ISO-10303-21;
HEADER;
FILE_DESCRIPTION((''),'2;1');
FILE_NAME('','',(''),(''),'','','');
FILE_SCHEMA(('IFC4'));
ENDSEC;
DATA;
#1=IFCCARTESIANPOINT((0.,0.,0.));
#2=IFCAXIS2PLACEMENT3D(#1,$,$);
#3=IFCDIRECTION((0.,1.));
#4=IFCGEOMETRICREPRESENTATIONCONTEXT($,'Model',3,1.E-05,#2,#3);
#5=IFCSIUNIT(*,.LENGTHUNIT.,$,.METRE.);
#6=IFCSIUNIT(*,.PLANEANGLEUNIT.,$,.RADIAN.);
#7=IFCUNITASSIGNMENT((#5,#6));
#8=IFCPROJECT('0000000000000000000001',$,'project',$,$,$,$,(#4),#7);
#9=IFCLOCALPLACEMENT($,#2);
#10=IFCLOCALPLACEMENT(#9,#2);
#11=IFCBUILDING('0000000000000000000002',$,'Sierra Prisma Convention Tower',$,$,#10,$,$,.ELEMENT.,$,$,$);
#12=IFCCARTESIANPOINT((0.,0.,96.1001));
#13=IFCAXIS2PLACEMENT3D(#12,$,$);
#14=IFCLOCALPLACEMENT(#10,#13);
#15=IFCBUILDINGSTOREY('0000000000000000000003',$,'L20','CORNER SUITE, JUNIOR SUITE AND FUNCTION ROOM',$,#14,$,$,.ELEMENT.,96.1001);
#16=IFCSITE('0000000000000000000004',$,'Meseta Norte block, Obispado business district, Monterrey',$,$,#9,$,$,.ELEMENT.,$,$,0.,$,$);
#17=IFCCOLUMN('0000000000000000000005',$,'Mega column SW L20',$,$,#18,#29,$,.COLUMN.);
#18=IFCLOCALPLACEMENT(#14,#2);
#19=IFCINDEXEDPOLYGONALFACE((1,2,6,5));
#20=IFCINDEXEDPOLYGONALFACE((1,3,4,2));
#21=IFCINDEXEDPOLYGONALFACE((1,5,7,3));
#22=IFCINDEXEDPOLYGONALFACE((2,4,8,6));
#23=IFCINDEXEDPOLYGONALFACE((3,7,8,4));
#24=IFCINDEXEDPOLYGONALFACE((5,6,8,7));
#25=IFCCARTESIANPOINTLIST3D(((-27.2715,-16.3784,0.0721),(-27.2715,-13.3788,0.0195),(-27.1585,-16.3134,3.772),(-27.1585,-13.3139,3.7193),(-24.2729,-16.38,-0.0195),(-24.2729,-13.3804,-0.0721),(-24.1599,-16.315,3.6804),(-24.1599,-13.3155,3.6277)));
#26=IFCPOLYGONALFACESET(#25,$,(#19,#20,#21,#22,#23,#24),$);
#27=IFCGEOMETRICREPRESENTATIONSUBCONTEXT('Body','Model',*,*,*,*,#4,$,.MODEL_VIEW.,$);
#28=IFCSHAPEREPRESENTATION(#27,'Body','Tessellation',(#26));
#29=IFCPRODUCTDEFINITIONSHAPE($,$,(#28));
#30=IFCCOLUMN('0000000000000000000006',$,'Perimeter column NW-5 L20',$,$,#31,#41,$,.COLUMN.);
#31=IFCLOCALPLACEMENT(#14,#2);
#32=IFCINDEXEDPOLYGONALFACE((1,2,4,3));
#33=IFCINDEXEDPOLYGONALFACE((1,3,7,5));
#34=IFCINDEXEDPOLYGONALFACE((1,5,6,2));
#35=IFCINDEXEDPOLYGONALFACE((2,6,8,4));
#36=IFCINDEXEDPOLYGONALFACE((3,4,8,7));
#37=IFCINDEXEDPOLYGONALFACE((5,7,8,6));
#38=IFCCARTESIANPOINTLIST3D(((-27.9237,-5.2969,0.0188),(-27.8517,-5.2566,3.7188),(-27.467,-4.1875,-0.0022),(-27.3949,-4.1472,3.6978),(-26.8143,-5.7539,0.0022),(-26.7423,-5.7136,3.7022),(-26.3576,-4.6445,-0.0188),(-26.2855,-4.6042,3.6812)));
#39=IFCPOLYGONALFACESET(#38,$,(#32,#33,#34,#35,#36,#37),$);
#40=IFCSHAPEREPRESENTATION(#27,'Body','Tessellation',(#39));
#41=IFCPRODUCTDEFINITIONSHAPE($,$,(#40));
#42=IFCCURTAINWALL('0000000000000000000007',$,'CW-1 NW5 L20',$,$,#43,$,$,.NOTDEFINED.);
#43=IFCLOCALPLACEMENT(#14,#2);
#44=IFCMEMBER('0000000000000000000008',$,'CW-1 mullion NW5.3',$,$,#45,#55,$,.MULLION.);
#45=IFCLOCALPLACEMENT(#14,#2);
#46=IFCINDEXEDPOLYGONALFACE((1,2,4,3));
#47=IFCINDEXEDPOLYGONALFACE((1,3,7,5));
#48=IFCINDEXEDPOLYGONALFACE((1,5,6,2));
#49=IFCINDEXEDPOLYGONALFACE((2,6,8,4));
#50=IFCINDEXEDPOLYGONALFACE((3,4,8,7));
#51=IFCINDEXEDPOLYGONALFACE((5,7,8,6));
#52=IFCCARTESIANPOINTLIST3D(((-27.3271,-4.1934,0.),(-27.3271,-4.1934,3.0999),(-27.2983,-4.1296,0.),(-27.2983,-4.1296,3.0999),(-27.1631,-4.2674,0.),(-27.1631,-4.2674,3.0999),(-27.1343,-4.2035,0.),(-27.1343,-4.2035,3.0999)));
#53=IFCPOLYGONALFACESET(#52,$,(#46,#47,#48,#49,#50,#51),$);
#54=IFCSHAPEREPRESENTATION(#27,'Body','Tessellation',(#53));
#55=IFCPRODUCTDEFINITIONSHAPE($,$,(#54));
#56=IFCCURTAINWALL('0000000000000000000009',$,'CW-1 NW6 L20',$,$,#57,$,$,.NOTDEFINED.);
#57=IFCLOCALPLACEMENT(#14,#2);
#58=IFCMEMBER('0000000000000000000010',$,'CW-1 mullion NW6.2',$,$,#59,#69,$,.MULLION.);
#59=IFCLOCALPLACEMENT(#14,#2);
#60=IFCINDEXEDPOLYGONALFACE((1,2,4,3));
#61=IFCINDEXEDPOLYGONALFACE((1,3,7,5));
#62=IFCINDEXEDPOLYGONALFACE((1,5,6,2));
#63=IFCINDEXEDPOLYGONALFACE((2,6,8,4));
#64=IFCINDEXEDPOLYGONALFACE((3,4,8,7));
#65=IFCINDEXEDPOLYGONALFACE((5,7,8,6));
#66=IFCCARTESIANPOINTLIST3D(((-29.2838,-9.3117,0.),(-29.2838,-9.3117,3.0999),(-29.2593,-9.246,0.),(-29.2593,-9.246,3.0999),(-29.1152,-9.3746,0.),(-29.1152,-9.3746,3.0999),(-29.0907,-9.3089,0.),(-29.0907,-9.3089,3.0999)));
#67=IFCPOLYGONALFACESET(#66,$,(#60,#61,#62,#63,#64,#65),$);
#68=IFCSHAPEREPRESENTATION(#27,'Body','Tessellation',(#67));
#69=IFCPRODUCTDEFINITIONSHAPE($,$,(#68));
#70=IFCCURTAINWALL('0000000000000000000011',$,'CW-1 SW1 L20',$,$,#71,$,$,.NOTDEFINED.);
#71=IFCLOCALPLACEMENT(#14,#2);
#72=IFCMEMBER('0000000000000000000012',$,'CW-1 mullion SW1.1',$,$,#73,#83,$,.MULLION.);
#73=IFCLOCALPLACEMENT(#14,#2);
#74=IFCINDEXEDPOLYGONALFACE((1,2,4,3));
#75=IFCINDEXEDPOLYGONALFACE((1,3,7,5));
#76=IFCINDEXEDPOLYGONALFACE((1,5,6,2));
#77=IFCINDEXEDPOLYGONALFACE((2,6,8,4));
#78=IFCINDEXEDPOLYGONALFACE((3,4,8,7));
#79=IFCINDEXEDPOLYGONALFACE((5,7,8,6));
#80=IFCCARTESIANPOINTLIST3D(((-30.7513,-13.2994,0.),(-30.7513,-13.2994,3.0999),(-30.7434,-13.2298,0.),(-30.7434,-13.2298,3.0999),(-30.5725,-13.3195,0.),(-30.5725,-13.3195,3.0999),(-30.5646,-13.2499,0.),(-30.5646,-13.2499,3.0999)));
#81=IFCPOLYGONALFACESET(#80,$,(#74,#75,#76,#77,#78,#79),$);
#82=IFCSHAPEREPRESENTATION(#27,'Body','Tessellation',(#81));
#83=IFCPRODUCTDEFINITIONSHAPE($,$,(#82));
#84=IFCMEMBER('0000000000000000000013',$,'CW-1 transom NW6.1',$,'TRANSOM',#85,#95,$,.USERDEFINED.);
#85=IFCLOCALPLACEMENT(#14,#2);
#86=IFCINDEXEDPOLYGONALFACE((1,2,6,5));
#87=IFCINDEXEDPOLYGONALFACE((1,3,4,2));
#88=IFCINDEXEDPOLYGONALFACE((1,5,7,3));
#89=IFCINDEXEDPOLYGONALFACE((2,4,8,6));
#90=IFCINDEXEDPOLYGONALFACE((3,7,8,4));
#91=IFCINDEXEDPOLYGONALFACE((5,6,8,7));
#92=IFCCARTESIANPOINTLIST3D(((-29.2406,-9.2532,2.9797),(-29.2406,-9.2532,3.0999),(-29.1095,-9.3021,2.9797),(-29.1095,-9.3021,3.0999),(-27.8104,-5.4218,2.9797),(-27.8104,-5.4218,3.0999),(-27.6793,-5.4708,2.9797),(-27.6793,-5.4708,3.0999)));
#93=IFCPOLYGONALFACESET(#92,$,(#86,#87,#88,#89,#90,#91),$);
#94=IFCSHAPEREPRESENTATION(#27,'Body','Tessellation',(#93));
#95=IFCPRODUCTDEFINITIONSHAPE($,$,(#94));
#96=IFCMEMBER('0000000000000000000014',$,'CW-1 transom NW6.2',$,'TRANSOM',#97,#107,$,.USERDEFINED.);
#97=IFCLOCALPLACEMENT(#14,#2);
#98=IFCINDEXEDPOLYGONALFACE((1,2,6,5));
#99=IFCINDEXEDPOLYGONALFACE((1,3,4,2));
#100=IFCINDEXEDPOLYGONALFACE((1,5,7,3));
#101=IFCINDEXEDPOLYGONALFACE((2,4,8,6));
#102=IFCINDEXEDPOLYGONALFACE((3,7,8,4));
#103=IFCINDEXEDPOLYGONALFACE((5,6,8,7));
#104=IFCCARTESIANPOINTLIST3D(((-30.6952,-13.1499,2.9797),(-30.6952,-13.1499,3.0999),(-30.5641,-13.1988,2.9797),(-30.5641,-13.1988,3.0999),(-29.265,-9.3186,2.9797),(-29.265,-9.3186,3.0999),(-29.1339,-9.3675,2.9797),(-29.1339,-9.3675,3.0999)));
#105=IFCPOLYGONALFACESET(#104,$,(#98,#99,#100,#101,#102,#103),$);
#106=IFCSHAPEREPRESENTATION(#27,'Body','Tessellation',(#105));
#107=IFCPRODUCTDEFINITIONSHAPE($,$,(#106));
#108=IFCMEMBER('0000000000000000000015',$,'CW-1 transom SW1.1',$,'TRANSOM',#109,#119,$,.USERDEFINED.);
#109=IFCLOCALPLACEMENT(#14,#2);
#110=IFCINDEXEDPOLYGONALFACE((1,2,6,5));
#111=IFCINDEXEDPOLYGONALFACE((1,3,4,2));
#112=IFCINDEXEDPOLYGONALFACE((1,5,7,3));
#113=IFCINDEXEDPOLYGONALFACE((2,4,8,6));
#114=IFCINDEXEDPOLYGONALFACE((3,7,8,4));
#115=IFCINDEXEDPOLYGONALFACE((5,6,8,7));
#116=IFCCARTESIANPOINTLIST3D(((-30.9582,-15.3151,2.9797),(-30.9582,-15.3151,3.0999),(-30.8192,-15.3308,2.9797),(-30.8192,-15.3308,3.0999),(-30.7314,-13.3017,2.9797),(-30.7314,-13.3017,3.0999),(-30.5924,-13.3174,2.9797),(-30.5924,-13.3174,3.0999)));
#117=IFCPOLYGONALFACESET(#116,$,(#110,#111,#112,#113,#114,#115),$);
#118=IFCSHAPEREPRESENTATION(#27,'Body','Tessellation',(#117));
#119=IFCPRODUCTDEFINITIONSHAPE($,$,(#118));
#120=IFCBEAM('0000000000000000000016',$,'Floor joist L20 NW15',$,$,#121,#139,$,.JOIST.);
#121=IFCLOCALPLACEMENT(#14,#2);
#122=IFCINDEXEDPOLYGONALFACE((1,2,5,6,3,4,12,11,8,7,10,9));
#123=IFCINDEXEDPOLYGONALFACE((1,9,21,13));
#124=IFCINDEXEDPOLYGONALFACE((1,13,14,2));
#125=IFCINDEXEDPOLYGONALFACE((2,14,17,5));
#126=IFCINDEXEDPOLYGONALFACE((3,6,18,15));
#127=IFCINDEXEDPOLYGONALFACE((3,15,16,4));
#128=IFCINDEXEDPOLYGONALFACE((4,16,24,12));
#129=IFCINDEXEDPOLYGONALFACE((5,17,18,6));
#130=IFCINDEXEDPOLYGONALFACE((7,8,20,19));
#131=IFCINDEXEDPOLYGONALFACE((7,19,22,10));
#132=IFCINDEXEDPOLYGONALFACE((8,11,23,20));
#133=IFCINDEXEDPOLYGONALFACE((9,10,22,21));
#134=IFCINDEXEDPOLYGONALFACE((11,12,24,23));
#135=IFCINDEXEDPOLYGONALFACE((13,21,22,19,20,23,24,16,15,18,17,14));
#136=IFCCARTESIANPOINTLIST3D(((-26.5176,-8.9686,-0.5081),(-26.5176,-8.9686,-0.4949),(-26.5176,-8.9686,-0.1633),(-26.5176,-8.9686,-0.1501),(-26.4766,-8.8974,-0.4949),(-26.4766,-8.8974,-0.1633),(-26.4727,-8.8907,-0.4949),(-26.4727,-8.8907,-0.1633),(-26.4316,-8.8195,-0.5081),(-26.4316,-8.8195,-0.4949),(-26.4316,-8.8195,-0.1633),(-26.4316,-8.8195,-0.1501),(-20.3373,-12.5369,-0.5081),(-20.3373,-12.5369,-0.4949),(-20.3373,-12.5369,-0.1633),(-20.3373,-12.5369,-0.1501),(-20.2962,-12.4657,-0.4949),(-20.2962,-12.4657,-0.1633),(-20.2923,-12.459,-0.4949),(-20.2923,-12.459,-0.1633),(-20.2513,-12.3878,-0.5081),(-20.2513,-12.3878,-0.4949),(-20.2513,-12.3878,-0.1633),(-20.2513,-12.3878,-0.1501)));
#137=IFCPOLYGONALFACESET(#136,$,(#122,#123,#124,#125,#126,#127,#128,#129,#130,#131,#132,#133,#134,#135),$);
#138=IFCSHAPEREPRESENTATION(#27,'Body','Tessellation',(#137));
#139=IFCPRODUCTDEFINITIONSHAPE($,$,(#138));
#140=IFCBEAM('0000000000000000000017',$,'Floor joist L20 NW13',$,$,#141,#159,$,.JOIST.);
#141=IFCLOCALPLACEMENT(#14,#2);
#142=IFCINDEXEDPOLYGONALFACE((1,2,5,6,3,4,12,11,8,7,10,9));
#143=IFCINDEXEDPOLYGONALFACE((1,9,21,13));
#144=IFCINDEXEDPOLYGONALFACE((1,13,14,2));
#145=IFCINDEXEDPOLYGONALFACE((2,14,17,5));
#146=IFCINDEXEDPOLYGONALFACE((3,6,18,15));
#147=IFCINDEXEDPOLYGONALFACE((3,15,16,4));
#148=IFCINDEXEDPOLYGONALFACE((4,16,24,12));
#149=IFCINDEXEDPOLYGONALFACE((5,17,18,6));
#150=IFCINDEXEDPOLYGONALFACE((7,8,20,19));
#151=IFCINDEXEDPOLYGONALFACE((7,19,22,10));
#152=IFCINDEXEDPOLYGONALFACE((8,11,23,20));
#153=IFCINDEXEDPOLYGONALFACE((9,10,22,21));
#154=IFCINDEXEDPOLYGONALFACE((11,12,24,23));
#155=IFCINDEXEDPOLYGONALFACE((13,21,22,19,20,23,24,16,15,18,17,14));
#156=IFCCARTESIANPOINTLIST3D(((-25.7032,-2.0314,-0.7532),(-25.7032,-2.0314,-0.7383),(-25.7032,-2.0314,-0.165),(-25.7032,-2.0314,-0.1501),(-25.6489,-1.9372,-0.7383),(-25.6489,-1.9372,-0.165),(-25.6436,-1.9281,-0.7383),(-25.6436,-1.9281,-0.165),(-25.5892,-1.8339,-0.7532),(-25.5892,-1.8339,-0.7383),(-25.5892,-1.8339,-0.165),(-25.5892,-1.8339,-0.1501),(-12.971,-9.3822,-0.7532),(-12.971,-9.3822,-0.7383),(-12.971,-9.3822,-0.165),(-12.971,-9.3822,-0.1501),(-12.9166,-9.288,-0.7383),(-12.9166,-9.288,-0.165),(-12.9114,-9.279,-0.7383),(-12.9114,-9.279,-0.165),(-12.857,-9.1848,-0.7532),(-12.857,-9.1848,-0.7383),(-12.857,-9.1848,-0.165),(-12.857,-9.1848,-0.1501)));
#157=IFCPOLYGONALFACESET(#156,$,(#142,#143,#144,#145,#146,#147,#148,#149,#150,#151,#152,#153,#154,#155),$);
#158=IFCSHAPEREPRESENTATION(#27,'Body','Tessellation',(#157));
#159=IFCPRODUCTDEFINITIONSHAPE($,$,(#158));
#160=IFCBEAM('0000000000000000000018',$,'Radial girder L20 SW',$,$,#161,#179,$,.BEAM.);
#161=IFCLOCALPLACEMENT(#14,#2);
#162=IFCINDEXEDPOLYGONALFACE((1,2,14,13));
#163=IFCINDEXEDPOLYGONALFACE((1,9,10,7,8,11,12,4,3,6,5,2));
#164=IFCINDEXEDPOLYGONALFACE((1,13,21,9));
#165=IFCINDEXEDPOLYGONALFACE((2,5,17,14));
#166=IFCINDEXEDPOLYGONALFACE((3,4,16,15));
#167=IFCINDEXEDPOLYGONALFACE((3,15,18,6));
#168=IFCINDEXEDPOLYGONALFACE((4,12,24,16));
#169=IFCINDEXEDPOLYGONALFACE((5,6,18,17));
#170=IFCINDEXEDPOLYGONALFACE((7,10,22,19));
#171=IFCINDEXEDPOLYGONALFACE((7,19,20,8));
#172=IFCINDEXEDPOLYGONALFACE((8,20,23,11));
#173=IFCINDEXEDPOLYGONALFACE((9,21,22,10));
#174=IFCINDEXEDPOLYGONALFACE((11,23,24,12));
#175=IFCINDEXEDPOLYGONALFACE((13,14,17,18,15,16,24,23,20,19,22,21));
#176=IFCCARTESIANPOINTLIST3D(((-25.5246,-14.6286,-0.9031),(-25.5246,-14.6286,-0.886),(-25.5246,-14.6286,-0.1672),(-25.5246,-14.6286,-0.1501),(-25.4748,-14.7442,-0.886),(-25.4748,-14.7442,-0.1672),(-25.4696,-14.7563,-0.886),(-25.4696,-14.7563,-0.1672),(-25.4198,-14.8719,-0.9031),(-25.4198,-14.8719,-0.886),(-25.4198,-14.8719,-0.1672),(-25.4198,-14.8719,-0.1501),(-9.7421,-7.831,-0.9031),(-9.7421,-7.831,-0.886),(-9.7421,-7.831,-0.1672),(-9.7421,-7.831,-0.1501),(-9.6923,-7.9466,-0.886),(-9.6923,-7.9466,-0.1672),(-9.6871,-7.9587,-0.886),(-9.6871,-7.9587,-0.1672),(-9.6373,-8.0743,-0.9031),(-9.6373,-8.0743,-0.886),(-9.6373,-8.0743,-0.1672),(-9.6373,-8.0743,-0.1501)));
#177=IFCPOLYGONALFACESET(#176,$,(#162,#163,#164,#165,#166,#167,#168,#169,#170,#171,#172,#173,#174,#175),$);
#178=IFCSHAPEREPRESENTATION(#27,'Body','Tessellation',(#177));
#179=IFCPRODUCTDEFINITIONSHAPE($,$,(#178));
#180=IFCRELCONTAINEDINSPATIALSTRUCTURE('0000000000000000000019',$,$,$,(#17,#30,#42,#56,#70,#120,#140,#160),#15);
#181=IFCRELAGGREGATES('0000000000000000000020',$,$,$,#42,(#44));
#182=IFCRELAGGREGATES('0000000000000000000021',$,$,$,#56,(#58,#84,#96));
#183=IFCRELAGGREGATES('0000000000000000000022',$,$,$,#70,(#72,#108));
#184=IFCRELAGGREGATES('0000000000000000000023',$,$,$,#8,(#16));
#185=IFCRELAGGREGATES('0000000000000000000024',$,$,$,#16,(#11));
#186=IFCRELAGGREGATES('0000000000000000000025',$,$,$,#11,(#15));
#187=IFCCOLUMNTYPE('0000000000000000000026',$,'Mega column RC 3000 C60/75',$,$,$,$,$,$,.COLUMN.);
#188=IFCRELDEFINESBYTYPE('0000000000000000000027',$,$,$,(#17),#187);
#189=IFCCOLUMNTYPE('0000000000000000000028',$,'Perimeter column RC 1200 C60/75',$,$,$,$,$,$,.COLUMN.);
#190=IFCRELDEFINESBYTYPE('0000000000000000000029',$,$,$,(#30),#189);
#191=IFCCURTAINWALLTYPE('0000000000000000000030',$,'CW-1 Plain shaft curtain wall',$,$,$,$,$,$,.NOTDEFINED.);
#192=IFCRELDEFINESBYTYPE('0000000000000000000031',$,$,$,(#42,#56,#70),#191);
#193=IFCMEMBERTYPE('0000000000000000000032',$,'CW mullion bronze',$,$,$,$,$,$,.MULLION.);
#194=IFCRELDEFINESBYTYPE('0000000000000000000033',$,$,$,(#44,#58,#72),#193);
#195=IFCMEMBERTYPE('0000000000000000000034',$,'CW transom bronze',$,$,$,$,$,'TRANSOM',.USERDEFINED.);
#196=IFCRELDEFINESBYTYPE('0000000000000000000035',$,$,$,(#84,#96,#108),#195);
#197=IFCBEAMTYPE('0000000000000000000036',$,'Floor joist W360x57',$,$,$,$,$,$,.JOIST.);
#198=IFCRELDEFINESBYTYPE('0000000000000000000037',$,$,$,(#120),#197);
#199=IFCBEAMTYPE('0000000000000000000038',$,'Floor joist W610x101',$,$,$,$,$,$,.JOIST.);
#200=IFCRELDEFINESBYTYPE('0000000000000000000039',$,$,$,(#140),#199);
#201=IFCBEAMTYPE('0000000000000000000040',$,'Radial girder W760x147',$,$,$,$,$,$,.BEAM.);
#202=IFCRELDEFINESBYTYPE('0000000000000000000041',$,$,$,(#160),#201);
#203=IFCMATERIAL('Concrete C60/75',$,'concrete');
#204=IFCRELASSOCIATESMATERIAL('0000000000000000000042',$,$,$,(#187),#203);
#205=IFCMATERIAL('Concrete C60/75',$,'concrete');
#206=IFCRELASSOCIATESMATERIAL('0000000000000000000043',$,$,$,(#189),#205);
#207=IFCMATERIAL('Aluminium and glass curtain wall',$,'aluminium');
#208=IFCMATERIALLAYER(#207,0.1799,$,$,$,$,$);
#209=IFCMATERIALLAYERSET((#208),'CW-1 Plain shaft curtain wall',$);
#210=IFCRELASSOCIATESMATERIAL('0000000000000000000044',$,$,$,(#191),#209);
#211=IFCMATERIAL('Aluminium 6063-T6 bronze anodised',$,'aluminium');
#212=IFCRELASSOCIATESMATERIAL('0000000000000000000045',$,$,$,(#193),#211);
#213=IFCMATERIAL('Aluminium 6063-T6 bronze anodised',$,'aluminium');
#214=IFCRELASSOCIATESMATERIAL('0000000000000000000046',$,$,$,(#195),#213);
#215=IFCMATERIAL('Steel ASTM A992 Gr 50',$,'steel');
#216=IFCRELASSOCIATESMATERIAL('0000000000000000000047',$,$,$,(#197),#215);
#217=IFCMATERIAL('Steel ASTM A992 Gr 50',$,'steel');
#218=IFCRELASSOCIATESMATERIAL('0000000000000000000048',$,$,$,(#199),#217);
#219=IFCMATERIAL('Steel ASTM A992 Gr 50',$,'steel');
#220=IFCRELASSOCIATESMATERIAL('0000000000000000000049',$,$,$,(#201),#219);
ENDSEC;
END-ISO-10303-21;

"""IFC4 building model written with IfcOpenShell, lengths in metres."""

from ifc_helpers import new_model, si_unit, direction, frame, origin, origin_2d, place, context, subcontext, project, spatial, rectangle, i_section, extrude, material, layer, layer_set, material_profile, profile_set, type_object, element, aggregate, save


model = new_model("IFC4")

# Units and contexts
model_context = context("Model", 3, precision=1e-05, world=origin(), true_north=direction((0.0, 1.0)))
body_context = subcontext(model_context, "Body", "Model", "MODEL_VIEW")
ifc_project = project(units=[si_unit("LENGTHUNIT", "METRE"), si_unit("PLANEANGLEUNIT", "RADIAN")], contexts=[model_context])

# Site, building, storey
site_placement = place(None, origin())
site = spatial("IfcSite", under=ifc_project, at=site_placement, Name="Meseta Norte block, Obispado business district, Monterrey", CompositionType="ELEMENT", RefElevation=0.0)
building_placement = place(site_placement, origin())
building = spatial("IfcBuilding", under=site, at=building_placement, Name="Sierra Prisma Convention Tower", CompositionType="ELEMENT")
storey_placement = place(building_placement, frame((0.0, 0.0, 96.1001)))
storey = spatial("IfcBuildingStorey", under=building, at=storey_placement, Name="L20", Description="CORNER SUITE, JUNIOR SUITE AND FUNCTION ROOM", CompositionType="ELEMENT", Elevation=96.1001)

# Columns
ifc_material_1 = material(Name="Concrete C60/75", Category="concrete")
ifc_material_profile_1 = material_profile(ifc_material_1, rectangle(XDim=3.0, YDim=3.0, at=origin_2d()), Name="Mega column RC 3000 C60/75")
ifc_profile_set_1 = profile_set([ifc_material_profile_1], Name="Concrete C60/75")
column_type_1 = type_object("IfcColumnType", Name="Mega column RC 3000 C60/75", PredefinedType="COLUMN", material=ifc_profile_set_1)
column_1_placement = place(storey_placement, frame((-25.7722, -14.8794, 0.0), z_axis=(0.030532, 0.017541, 0.99938), x_axis=(0.999534, -0.000536, -0.030527)))
element("IfcColumn", 1, at=column_1_placement, inside=storey, type_object=column_type_1, Name="Mega column SW L20", PredefinedType="COLUMN", context=body_context, shape_type="SweptSolid", body=[
    extrude(rectangle(XDim=3.0, YDim=3.0, at=origin_2d()), origin(), (0.0, 0.0, 1.0), 3.7021),
])
ifc_material_2 = material(Name="Concrete C60/75", Category="concrete")
ifc_material_profile_2 = material_profile(ifc_material_2, rectangle(XDim=1.2, YDim=1.2, at=origin_2d()), Name="Perimeter column RC 1200 C60/75")
ifc_profile_set_2 = profile_set([ifc_material_profile_2], Name="Concrete C60/75")
column_type_2 = type_object("IfcColumnType", Name="Perimeter column RC 1200 C60/75", PredefinedType="COLUMN", material=ifc_profile_set_2)
column_2_placement = place(storey_placement, frame((-27.1406, -4.9707, 0.0), z_axis=(0.019461, 0.010885, 0.999751), x_axis=(0.380616, 0.924568, -0.017475)))
element("IfcColumn", 2, at=column_2_placement, inside=storey, type_object=column_type_2, Name="Perimeter column NW-5 L20", PredefinedType="COLUMN", context=body_context, shape_type="SweptSolid", body=[
    extrude(rectangle(XDim=1.2, YDim=1.2, at=origin_2d()), origin(), (0.0, 0.0, 1.0), 3.7009),
])

# Curtain walls, members
ifc_material_3 = material(Name="Aluminium and glass curtain wall", Category="aluminium")
ifc_layer_1 = layer(ifc_material_3, 0.1799)
ifc_layer_set_1 = layer_set([ifc_layer_1], Name="CW-1 Plain shaft curtain wall")
curtain_wall_type = type_object("IfcCurtainWallType", Name="CW-1 Plain shaft curtain wall", PredefinedType="NOTDEFINED", material=ifc_layer_set_1)
curtain_wall_1_placement = place(storey_placement, origin())
curtain_wall_1 = element("IfcCurtainWall", 3, at=curtain_wall_1_placement, inside=storey, type_object=curtain_wall_type, Name="CW-1 NW5 L20", PredefinedType="NOTDEFINED")
ifc_material_4 = material(Name="Aluminium 6063-T6 bronze anodised", Category="aluminium")
ifc_material_profile_3 = material_profile(ifc_material_4, rectangle(XDim=0.1799, YDim=0.0701, at=origin_2d()), Name="ALU MULLION 70x180")
ifc_profile_set_3 = profile_set([ifc_material_profile_3], Name="Aluminium 6063-T6 bronze anodised")
member_type_1 = type_object("IfcMemberType", Name="CW mullion bronze", PredefinedType="MULLION", material=ifc_profile_set_3)
member_1_placement = place(storey_placement, frame((-27.2307, -4.1985, 0.0), z_axis=(0.0, 0.0, 1.0), x_axis=(0.911531, -0.411231, 0.0)))
member_1 = element("IfcMember", 4, at=member_1_placement, type_object=member_type_1, Name="CW-1 mullion NW5.3", PredefinedType="MULLION", context=body_context, shape_type="SweptSolid", body=[
    extrude(rectangle(XDim=0.1799, YDim=0.0701, at=origin_2d()), origin(), (0.0, 0.0, 1.0), 3.0999),
])
curtain_wall_2_placement = place(storey_placement, origin())
curtain_wall_2 = element("IfcCurtainWall", 5, at=curtain_wall_2_placement, inside=storey, type_object=curtain_wall_type, Name="CW-1 NW6 L20", PredefinedType="NOTDEFINED")
member_2_placement = place(storey_placement, frame((-29.1873, -9.3103, 0.0), z_axis=(0.0, 0.0, 1.0), x_axis=(0.936853, -0.349723, 0.0)))
member_2 = element("IfcMember", 6, at=member_2_placement, type_object=member_type_1, Name="CW-1 mullion NW6.2", PredefinedType="MULLION", context=body_context, shape_type="SweptSolid", body=[
    extrude(rectangle(XDim=0.1799, YDim=0.0701, at=origin_2d()), origin(), (0.0, 0.0, 1.0), 3.0999),
])
curtain_wall_3_placement = place(storey_placement, origin())
curtain_wall_3 = element("IfcCurtainWall", 7, at=curtain_wall_3_placement, inside=storey, type_object=curtain_wall_type, Name="CW-1 SW1 L20", PredefinedType="NOTDEFINED")
member_3_placement = place(storey_placement, frame((-30.658, -13.2747, 0.0), z_axis=(0.0, 0.0, 1.0), x_axis=(0.993722, -0.111873, 0.0)))
member_3 = element("IfcMember", 8, at=member_3_placement, type_object=member_type_1, Name="CW-1 mullion SW1.1", PredefinedType="MULLION", context=body_context, shape_type="SweptSolid", body=[
    extrude(rectangle(XDim=0.1799, YDim=0.0701, at=origin_2d()), origin(), (0.0, 0.0, 1.0), 3.0999),
])

# Members
ifc_material_5 = material(Name="Aluminium 6063-T6 bronze anodised", Category="aluminium")
ifc_material_profile_4 = material_profile(ifc_material_5, rectangle(XDim=0.1399, YDim=0.1201, at=origin_2d()), Name="ALU TRANSOM 120x140")
ifc_profile_set_4 = profile_set([ifc_material_profile_4], Name="Aluminium 6063-T6 bronze anodised")
member_type_2 = type_object("IfcMemberType", Name="CW transom bronze", ElementType="TRANSOM", PredefinedType="USERDEFINED", material=ifc_profile_set_4)
member_4_placement = place(storey_placement, frame((-27.7449, -5.4463, 3.0398), z_axis=(-0.349716, -0.936856, 0.0), x_axis=(0.936856, -0.349716, 0.0)))
member_4 = element("IfcMember", 9, at=member_4_placement, type_object=member_type_2, Name="CW-1 transom NW6.1", ObjectType="TRANSOM", PredefinedType="USERDEFINED", context=body_context, shape_type="SweptSolid", body=[
    extrude(rectangle(XDim=0.1399, YDim=0.1201, at=origin_2d()), origin(), (0.0, 0.0, 1.0), 4.0896),
])
member_5_placement = place(storey_placement, frame((-29.1995, -9.343, 3.0398), z_axis=(-0.349716, -0.936856, 0.0), x_axis=(0.936856, -0.349716, 0.0)))
member_5 = element("IfcMember", 10, at=member_5_placement, type_object=member_type_2, Name="CW-1 transom NW6.2", ObjectType="TRANSOM", PredefinedType="USERDEFINED", context=body_context, shape_type="SweptSolid", body=[
    extrude(rectangle(XDim=0.1399, YDim=0.1201, at=origin_2d()), origin(), (0.0, 0.0, 1.0), 4.0896),
])
member_6_placement = place(storey_placement, frame((-30.6619, -13.3096, 3.0398), z_axis=(-0.111939, -0.993715, 0.0), x_axis=(0.993715, -0.111939, 0.0)))
member_6 = element("IfcMember", 11, at=member_6_placement, type_object=member_type_2, Name="CW-1 transom SW1.1", ObjectType="TRANSOM", PredefinedType="USERDEFINED", context=body_context, shape_type="SweptSolid", body=[
    extrude(rectangle(XDim=0.1399, YDim=0.1201, at=origin_2d()), origin(), (0.0, 0.0, 1.0), 2.0261),
])

# Beams
ifc_material_6 = material(Name="Steel ASTM A992 Gr 50", Category="steel")
ifc_material_profile_5 = material_profile(ifc_material_6, i_section(OverallWidth=0.1721, OverallDepth=0.3579, WebThickness=0.0078, FlangeThickness=0.0132, at=origin_2d()), Name="W360x57")
ifc_profile_set_5 = profile_set([ifc_material_profile_5], Name="Steel ASTM A992 Gr 50")
beam_type_1 = type_object("IfcBeamType", Name="Floor joist W360x57", PredefinedType="JOIST", material=ifc_profile_set_5)
beam_1_placement = place(storey_placement, frame((-26.4746, -8.894, -0.3291), z_axis=(0.86602, -0.50001, 0.0), x_axis=(0.50001, 0.86602, 0.0)))
element("IfcBeam", 12, at=beam_1_placement, inside=storey, type_object=beam_type_1, Name="Floor joist L20 NW15", PredefinedType="JOIST", context=body_context, shape_type="SweptSolid", body=[
    extrude(i_section(OverallWidth=0.1721, OverallDepth=0.3579, WebThickness=0.0078, FlangeThickness=0.0132, at=origin_2d()), origin(), (0.0, 0.0, 1.0), 7.1365),
])
ifc_material_7 = material(Name="Steel ASTM A992 Gr 50", Category="steel")
ifc_material_profile_6 = material_profile(ifc_material_7, i_section(OverallWidth=0.228, OverallDepth=0.603, WebThickness=0.0105, FlangeThickness=0.0149, at=origin_2d()), Name="W610x101")
ifc_profile_set_6 = profile_set([ifc_material_profile_6], Name="Steel ASTM A992 Gr 50")
beam_type_2 = type_object("IfcBeamType", Name="Floor joist W610x101", PredefinedType="JOIST", material=ifc_profile_set_6)
beam_2_placement = place(storey_placement, frame((-25.6462, -1.9326, -0.4517), z_axis=(0.866028, -0.499995, 0.0), x_axis=(0.499995, 0.866028, 0.0)))
element("IfcBeam", 13, at=beam_2_placement, inside=storey, type_object=beam_type_2, Name="Floor joist L20 NW13", PredefinedType="JOIST", context=body_context, shape_type="SweptSolid", body=[
    extrude(i_section(OverallWidth=0.228, OverallDepth=0.603, WebThickness=0.0105, FlangeThickness=0.0149, at=origin_2d()), origin(), (0.0, 0.0, 1.0), 14.7019),
])
ifc_material_8 = material(Name="Steel ASTM A992 Gr 50", Category="steel")
ifc_material_profile_7 = material_profile(ifc_material_8, i_section(OverallWidth=0.2649, OverallDepth=0.7529, WebThickness=0.0132, FlangeThickness=0.0171, at=origin_2d()), Name="W760x147")
ifc_profile_set_7 = profile_set([ifc_material_profile_7], Name="Steel ASTM A992 Gr 50")
beam_type_3 = type_object("IfcBeamType", Name="Radial girder W760x147", PredefinedType="BEAM", material=ifc_profile_set_7)
beam_3_placement = place(storey_placement, frame((-25.4722, -14.7502, -0.5266), z_axis=(0.918434, 0.395575, 0.0), x_axis=(-0.395575, 0.918434, 0.0)))
element("IfcBeam", 14, at=beam_3_placement, inside=storey, type_object=beam_type_3, Name="Radial girder L20 SW", PredefinedType="BEAM", context=body_context, shape_type="SweptSolid", body=[
    extrude(i_section(OverallWidth=0.2649, OverallDepth=0.7529, WebThickness=0.0132, FlangeThickness=0.0171, at=origin_2d()), origin(), (0.0, 0.0, 1.0), 17.1841),
])

aggregate(curtain_wall_1, [member_1])
aggregate(curtain_wall_2, [member_2, member_4, member_5])
aggregate(curtain_wall_3, [member_3, member_6])

save(model, "model.ifc")
